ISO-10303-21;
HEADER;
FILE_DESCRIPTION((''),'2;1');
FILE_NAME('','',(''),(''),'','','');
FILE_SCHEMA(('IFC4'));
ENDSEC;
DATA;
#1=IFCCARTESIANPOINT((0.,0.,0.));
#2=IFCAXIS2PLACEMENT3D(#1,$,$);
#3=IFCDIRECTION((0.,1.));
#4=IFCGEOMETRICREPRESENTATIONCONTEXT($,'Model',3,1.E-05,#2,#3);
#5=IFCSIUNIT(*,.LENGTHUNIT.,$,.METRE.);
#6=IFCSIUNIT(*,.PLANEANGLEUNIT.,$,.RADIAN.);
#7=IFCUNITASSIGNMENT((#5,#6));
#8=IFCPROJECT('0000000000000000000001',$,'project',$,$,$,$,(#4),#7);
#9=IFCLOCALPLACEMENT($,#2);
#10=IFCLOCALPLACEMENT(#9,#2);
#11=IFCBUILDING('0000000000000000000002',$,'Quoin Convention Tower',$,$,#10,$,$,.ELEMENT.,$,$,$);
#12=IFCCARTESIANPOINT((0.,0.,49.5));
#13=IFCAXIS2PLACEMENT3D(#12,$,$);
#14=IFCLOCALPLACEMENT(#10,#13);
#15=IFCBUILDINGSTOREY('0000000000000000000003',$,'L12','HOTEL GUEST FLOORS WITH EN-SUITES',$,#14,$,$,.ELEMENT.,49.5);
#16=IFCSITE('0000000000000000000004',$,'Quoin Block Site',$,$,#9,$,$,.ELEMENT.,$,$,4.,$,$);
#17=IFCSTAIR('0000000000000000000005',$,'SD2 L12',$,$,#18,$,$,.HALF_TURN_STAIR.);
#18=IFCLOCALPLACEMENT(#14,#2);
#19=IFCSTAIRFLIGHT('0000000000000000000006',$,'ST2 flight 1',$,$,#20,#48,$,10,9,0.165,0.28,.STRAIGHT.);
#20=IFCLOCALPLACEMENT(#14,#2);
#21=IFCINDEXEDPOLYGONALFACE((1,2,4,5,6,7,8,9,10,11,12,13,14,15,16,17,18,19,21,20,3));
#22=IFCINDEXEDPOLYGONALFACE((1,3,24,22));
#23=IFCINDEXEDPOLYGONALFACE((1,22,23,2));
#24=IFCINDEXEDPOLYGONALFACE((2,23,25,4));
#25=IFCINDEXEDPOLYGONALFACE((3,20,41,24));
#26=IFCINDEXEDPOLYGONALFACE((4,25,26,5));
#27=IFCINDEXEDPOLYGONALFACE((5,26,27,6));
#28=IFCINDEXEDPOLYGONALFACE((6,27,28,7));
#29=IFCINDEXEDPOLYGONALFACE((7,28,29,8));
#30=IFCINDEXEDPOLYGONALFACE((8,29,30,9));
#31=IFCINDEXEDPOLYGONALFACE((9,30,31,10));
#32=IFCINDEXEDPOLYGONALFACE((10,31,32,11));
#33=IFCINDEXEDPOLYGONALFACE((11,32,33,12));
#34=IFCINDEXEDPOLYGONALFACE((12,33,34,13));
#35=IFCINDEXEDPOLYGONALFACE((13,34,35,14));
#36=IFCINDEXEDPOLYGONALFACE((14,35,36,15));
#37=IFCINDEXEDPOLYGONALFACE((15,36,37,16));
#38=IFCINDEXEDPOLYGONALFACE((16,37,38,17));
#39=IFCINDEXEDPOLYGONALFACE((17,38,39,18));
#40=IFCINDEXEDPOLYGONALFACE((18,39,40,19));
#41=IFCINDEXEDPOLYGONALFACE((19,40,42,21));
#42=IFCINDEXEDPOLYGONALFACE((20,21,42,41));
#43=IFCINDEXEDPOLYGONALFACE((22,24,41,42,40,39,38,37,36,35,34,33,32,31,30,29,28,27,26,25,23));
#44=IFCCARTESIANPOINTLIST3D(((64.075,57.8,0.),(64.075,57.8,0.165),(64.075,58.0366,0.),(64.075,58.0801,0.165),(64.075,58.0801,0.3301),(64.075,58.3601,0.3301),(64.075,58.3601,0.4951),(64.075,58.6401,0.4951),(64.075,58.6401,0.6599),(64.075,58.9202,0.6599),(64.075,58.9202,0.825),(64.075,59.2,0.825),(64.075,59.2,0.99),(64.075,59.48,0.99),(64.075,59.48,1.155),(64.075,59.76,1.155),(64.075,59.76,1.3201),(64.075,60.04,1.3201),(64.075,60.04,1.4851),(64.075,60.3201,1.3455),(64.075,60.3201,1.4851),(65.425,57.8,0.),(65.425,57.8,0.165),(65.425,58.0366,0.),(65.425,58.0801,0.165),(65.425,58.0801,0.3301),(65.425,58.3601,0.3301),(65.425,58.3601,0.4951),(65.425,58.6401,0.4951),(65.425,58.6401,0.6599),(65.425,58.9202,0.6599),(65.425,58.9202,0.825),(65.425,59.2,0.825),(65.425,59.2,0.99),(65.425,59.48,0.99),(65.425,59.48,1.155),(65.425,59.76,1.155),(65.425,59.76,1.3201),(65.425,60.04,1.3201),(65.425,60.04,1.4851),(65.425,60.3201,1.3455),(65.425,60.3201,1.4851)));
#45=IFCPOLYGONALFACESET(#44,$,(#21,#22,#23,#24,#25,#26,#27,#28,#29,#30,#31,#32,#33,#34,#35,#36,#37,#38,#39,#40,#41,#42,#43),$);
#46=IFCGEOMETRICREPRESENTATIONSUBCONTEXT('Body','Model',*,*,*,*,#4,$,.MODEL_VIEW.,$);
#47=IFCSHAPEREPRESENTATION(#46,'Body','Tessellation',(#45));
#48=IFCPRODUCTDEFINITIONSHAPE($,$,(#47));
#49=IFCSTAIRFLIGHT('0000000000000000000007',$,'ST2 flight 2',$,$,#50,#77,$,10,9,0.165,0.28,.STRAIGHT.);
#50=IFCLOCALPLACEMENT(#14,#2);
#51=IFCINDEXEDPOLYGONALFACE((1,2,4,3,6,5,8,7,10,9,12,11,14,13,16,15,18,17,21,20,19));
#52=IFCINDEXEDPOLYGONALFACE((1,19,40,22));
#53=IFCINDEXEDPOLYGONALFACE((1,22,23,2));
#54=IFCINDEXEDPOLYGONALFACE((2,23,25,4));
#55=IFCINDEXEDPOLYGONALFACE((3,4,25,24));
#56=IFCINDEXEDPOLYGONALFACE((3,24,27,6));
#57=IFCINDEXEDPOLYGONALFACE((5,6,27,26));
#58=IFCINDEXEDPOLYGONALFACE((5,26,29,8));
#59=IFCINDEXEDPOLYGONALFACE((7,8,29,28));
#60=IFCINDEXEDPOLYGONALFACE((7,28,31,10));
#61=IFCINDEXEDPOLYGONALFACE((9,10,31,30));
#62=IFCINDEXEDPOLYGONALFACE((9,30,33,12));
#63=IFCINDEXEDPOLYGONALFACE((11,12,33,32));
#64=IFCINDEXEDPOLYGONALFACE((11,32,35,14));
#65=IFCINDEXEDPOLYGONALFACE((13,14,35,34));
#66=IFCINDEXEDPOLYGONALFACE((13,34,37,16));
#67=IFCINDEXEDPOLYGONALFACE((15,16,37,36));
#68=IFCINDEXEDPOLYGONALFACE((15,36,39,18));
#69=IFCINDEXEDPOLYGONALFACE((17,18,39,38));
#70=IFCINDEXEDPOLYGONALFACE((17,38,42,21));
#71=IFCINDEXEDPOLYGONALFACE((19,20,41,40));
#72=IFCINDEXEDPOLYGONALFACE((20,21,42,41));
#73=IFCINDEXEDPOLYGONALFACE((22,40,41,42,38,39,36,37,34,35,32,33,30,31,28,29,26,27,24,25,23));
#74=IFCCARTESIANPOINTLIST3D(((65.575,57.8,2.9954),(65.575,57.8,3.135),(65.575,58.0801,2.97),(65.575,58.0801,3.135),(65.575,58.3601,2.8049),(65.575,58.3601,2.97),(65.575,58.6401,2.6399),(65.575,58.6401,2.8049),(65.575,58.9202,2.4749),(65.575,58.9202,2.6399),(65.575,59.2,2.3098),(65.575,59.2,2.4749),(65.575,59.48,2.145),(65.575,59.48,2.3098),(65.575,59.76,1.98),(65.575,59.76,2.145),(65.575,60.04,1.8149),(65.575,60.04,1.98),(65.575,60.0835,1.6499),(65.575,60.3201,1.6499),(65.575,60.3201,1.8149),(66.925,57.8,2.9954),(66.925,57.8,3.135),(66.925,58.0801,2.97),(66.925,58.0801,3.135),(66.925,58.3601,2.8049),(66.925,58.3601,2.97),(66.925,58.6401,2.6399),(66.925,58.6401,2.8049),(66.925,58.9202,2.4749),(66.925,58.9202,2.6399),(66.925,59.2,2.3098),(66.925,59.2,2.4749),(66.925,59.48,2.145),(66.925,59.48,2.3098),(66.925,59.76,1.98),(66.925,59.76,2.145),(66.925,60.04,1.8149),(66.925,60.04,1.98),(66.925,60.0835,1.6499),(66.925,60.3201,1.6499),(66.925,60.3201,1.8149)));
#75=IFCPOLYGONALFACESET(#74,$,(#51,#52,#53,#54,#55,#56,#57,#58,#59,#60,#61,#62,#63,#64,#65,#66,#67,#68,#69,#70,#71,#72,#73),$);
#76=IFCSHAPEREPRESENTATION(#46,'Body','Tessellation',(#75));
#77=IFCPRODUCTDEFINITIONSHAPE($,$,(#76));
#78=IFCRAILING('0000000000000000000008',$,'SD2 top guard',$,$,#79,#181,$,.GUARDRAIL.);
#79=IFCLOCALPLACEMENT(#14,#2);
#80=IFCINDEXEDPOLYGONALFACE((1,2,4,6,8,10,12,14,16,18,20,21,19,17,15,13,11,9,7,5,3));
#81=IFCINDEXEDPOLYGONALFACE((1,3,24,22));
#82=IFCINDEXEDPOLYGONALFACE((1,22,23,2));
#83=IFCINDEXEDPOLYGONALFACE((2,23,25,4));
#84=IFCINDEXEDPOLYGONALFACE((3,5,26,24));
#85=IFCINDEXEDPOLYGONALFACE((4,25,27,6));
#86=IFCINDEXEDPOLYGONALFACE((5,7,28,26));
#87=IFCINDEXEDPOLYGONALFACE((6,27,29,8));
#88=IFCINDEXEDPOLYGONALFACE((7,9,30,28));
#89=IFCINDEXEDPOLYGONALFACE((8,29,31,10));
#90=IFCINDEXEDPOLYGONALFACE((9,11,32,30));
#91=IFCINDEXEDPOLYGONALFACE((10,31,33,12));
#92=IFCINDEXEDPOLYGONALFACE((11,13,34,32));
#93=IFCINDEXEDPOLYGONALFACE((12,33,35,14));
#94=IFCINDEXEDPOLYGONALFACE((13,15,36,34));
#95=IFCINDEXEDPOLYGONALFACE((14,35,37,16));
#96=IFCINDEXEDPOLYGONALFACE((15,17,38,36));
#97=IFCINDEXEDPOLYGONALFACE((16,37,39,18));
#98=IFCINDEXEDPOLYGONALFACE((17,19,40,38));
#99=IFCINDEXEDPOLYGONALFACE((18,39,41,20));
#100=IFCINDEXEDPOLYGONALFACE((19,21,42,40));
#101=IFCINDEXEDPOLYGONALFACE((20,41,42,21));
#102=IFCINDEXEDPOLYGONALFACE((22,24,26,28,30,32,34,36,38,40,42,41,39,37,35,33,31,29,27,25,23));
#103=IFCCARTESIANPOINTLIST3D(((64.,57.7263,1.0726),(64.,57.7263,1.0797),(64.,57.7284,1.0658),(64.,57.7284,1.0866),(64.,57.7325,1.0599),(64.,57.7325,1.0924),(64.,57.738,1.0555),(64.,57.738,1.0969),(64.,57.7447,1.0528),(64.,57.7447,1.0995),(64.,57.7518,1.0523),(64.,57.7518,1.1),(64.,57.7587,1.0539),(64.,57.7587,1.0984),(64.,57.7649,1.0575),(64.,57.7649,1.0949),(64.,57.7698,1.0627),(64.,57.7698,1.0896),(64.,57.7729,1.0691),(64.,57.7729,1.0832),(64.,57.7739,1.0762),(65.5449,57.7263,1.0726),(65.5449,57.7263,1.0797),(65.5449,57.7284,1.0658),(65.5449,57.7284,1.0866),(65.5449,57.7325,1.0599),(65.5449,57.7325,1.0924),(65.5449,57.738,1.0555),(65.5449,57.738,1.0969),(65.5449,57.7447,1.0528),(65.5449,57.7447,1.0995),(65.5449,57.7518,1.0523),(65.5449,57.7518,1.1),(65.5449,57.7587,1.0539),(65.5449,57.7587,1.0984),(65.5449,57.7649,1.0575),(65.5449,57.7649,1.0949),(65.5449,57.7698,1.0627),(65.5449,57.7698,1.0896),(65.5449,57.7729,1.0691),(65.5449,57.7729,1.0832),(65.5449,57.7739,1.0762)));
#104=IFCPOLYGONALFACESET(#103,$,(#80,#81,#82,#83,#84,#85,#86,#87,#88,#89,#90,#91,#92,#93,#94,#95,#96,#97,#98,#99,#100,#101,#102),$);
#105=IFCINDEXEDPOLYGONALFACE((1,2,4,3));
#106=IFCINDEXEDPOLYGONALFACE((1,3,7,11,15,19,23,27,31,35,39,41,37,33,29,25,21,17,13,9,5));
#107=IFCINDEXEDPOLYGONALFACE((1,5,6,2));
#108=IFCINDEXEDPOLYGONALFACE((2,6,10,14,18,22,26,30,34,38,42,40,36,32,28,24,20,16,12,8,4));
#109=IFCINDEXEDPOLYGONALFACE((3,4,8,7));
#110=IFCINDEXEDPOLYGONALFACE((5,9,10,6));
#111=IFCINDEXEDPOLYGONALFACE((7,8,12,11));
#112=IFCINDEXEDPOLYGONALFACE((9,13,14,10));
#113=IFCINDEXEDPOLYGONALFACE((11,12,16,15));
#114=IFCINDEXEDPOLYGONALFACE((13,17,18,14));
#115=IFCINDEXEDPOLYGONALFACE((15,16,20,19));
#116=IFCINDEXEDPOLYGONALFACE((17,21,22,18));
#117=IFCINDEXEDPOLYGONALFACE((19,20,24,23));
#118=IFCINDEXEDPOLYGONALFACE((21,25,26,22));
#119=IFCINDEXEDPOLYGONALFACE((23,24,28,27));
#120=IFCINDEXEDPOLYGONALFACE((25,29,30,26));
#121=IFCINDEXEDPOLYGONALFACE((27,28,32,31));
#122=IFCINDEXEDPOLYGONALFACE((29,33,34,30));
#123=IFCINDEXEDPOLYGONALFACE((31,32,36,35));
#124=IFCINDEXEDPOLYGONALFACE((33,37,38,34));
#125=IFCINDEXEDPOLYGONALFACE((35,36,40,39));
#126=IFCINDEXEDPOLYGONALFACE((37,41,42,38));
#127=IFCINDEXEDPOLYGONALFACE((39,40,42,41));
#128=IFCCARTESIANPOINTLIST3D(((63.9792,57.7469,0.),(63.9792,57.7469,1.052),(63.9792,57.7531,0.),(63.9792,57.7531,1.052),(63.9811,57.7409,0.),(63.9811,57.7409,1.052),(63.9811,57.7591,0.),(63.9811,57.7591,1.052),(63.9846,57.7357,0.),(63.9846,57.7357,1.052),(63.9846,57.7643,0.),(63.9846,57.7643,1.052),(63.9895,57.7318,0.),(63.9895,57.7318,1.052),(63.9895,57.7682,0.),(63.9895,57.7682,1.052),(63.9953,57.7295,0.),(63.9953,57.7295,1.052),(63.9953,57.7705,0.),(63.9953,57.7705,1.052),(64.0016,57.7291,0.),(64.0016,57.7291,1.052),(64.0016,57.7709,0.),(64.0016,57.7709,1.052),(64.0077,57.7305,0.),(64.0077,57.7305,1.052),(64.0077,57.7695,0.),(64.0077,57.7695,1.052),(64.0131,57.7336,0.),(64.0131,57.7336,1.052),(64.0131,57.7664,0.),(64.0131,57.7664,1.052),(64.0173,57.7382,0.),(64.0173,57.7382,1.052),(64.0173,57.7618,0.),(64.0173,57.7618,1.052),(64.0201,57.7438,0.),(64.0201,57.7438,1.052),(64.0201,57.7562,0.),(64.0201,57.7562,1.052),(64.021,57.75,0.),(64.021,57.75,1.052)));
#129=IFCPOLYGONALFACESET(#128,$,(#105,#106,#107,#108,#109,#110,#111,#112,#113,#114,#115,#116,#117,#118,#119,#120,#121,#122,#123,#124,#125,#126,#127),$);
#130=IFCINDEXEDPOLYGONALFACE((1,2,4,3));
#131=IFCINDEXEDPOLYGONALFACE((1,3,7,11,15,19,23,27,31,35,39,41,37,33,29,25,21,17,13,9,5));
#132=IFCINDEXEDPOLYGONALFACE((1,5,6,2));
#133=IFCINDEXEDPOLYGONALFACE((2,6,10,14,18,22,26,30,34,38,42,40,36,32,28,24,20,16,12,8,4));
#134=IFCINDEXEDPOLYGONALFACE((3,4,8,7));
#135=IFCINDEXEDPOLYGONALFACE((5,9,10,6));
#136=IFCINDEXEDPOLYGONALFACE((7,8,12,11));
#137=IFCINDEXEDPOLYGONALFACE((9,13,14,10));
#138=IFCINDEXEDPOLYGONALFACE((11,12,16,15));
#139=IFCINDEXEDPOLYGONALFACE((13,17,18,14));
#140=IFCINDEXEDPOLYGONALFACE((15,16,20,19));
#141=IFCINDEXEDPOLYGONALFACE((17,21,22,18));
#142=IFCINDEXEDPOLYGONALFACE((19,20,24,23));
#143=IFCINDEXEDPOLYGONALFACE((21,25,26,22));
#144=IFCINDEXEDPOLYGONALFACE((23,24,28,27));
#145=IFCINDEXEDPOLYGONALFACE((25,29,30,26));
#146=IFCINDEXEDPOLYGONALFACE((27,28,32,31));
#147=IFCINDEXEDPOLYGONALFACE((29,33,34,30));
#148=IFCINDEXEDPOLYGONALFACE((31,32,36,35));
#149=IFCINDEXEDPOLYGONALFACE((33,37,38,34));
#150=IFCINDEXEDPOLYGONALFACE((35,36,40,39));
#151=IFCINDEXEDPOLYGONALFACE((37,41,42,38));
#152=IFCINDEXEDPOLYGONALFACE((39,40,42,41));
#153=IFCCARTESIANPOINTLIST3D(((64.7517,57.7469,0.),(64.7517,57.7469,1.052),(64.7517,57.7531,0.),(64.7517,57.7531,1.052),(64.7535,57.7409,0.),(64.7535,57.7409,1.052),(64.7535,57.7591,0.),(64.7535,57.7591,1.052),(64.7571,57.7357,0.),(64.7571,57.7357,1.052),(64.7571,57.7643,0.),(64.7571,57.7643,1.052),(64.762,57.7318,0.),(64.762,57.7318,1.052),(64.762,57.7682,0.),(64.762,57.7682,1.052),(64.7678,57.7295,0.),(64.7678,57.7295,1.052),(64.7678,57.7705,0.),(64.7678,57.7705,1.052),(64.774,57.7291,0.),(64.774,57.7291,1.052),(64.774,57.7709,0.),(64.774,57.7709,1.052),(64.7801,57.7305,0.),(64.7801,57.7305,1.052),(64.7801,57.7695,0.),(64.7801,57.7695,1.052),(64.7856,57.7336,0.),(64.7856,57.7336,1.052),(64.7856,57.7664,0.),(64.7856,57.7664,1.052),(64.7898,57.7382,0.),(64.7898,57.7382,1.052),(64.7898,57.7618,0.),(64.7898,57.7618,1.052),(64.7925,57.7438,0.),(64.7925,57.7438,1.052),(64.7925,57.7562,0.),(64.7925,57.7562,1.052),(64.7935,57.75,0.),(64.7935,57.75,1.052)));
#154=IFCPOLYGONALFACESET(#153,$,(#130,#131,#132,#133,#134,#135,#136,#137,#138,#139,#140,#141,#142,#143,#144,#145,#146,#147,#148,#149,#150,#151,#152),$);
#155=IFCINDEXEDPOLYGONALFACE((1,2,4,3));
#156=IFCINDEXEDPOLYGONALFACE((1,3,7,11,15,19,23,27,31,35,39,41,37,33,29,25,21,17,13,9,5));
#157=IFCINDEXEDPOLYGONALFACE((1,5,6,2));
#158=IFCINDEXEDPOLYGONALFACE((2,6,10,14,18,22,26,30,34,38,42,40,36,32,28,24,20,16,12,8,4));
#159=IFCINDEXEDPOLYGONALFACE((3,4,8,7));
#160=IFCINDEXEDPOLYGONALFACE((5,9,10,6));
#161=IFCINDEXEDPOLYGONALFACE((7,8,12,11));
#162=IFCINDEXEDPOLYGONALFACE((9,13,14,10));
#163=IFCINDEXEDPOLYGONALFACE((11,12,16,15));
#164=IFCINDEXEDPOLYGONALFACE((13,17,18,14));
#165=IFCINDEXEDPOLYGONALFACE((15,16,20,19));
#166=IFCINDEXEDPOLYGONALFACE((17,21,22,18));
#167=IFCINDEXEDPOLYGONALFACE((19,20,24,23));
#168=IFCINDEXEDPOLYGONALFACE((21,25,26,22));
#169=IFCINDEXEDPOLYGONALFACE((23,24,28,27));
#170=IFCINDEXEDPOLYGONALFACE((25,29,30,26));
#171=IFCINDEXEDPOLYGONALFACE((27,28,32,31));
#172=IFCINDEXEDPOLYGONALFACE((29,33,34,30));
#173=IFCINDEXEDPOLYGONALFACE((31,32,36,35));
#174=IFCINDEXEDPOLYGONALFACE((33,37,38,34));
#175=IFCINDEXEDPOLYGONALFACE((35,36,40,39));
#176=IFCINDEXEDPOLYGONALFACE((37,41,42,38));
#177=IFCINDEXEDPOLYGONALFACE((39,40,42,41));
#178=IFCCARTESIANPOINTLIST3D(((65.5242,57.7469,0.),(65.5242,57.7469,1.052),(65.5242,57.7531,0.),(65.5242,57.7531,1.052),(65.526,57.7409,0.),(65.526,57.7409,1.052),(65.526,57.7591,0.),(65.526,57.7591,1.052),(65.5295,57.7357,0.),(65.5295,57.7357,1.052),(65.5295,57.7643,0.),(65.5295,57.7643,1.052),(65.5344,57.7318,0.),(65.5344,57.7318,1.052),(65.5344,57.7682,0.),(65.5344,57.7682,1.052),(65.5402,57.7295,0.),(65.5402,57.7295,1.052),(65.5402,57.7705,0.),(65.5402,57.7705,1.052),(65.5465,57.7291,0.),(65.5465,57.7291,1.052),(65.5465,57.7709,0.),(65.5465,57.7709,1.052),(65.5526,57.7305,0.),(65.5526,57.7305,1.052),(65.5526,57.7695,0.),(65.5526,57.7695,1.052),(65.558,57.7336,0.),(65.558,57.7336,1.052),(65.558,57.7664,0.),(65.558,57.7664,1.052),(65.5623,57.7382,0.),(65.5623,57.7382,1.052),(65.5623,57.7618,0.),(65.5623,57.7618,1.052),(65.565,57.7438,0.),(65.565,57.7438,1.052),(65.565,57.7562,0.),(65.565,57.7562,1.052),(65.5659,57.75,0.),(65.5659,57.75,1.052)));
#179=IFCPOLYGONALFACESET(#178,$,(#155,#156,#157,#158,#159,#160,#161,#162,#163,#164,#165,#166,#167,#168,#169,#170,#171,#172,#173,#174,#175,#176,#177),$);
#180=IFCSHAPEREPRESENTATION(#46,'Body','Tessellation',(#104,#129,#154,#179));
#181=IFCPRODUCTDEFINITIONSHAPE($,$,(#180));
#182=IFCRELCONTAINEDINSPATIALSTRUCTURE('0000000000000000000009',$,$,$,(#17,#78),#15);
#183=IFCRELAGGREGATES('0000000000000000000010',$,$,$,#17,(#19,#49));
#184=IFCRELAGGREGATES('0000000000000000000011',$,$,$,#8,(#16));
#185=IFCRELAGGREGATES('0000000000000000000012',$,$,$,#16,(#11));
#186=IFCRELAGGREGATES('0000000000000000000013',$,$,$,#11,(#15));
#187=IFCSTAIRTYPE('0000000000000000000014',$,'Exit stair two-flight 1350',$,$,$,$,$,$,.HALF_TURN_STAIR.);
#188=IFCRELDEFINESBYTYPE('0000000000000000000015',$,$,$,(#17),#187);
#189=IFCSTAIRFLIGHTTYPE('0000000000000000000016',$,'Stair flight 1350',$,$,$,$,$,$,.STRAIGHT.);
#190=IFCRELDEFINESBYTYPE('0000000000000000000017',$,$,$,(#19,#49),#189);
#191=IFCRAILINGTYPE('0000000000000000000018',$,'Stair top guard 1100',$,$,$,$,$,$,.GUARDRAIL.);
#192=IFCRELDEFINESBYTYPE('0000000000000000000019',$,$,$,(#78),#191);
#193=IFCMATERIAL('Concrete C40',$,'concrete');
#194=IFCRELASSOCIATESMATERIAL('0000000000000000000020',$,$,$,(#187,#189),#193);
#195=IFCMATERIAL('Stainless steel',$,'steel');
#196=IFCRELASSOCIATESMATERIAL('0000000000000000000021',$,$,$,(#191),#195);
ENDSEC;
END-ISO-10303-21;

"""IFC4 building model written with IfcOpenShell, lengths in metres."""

from ifc_helpers import new_model, si_unit, direction, frame, origin, origin_2d, place, context, subcontext, project, spatial, polyline, circle, outline, extrude, material, type_object, element, aggregate, save


model = new_model("IFC4")

# Units and contexts
model_context = context("Model", 3, precision=1e-05, world=origin(), true_north=direction((0.0, 1.0)))
body_context = subcontext(model_context, "Body", "Model", "MODEL_VIEW")
ifc_project = project(units=[si_unit("LENGTHUNIT", "METRE"), si_unit("PLANEANGLEUNIT", "RADIAN")], contexts=[model_context])

# Site, building, storey
site_placement = place(None, origin())
site = spatial("IfcSite", under=ifc_project, at=site_placement, Name="Quoin Block Site", CompositionType="ELEMENT", RefElevation=4.0)
building_placement = place(site_placement, origin())
building = spatial("IfcBuilding", under=site, at=building_placement, Name="Quoin Convention Tower", CompositionType="ELEMENT")
storey_placement = place(building_placement, frame((0.0, 0.0, 49.5)))
storey = spatial("IfcBuildingStorey", under=building, at=storey_placement, Name="L12", Description="HOTEL GUEST FLOORS WITH EN-SUITES", CompositionType="ELEMENT", Elevation=49.5)

# Stair, stair flights
ifc_material_1 = material(Name="Concrete C40", Category="concrete")
stair_type = type_object("IfcStairType", Name="Exit stair two-flight 1350", PredefinedType="HALF_TURN_STAIR", material=ifc_material_1)
stair_placement = place(storey_placement, origin())
stair = element("IfcStair", 1, at=stair_placement, inside=storey, type_object=stair_type, Name="SD2 L12", PredefinedType="HALF_TURN_STAIR")
stair_flight_type = type_object("IfcStairFlightType", Name="Stair flight 1350", PredefinedType="STRAIGHT", material=ifc_material_1)
stair_flight_1_placement = place(storey_placement, frame((64.75, 57.8, 0.0), z_axis=(0.0, 0.0, 1.0), x_axis=(0.0, 1.0, 0.0)))
stair_flight_1 = element("IfcStairFlight", 2, at=stair_flight_1_placement, type_object=stair_flight_type, Name="ST2 flight 1", NumberOfRisers=10, NumberOfTreads=9, PredefinedType="STRAIGHT", RiserHeight=0.165, TreadLength=0.28, context=body_context, shape_type="SweptSolid", body=[
    extrude(outline(polyline([(0.0, 0.0), (0.0, 0.165), (0.28, 0.165), (0.28, 0.3301), (0.5601, 0.3301), (0.5601, 0.4951), (0.8401, 0.4951), (0.8401, 0.6599), (1.1201, 0.6599), (1.1201, 0.825), (1.3999, 0.825), (1.3999, 0.99), (1.6799, 0.99), (1.6799, 1.155), (1.96, 1.155), (1.96, 1.3201), (2.24, 1.3201), (2.24, 1.4851), (2.52, 1.4851), (2.52, 1.6499), (2.52, 1.3455), (0.2366, 0.0), (0.0, 0.0)])), frame((0.0, 0.675, 0.0), z_axis=(0.0, -1.0, 0.0), x_axis=(1.0, 0.0, 0.0)), (0.0, 0.0, 1.0), 1.3501),
])
stair_flight_2_placement = place(storey_placement, frame((66.25, 60.3201, 1.6499), z_axis=(0.0, 0.0, 1.0), x_axis=(0.0, -1.0, 0.0)))
stair_flight_2 = element("IfcStairFlight", 3, at=stair_flight_2_placement, type_object=stair_flight_type, Name="ST2 flight 2", NumberOfRisers=10, NumberOfTreads=9, PredefinedType="STRAIGHT", RiserHeight=0.165, TreadLength=0.28, context=body_context, shape_type="SweptSolid", body=[
    extrude(outline(polyline([(0.0, 0.0), (0.0, 0.165), (0.28, 0.165), (0.28, 0.3301), (0.5601, 0.3301), (0.5601, 0.4951), (0.8401, 0.4951), (0.8401, 0.6599), (1.1201, 0.6599), (1.1201, 0.825), (1.3999, 0.825), (1.3999, 0.99), (1.6799, 0.99), (1.6799, 1.155), (1.96, 1.155), (1.96, 1.3201), (2.24, 1.3201), (2.24, 1.4851), (2.52, 1.4851), (2.52, 1.6499), (2.52, 1.3455), (0.2366, 0.0), (0.0, 0.0)])), frame((0.0, 0.675, 0.0), z_axis=(0.0, -1.0, 0.0), x_axis=(1.0, 0.0, 0.0)), (0.0, 0.0, 1.0), 1.3501),
])
aggregate(stair, [stair_flight_1, stair_flight_2])

# Railing
ifc_material_2 = material(Name="Stainless steel", Category="steel")
railing_type_1 = type_object("IfcRailingType", Name="Stair top guard 1100", PredefinedType="GUARDRAIL", material=ifc_material_2)
railing_1_placement = place(storey_placement, frame((64.0, 57.75, 0.0)))
element("IfcRailing", 4, at=railing_1_placement, inside=storey, type_object=railing_type_1, Name="SD2 top guard", PredefinedType="GUARDRAIL", context=body_context, shape_type="SweptSolid", body=[
    extrude(circle(Radius=0.0239, at=origin_2d()), frame((0.0, 0.0, 1.0762), z_axis=(1.0, 0.0, 0.0), x_axis=(0.0, 1.0, 0.0)), (0.0, 0.0, 1.0), 1.5449),
    extrude(circle(Radius=0.021, at=origin_2d()), origin(), (0.0, 0.0, 1.0), 1.052),
    extrude(circle(Radius=0.021, at=origin_2d()), frame((0.7725, 0.0, 0.0)), (0.0, 0.0, 1.0), 1.052),
    extrude(circle(Radius=0.021, at=origin_2d()), frame((1.5449, 0.0, 0.0)), (0.0, 0.0, 1.0), 1.052),
])

save(model, "model.ifc")
